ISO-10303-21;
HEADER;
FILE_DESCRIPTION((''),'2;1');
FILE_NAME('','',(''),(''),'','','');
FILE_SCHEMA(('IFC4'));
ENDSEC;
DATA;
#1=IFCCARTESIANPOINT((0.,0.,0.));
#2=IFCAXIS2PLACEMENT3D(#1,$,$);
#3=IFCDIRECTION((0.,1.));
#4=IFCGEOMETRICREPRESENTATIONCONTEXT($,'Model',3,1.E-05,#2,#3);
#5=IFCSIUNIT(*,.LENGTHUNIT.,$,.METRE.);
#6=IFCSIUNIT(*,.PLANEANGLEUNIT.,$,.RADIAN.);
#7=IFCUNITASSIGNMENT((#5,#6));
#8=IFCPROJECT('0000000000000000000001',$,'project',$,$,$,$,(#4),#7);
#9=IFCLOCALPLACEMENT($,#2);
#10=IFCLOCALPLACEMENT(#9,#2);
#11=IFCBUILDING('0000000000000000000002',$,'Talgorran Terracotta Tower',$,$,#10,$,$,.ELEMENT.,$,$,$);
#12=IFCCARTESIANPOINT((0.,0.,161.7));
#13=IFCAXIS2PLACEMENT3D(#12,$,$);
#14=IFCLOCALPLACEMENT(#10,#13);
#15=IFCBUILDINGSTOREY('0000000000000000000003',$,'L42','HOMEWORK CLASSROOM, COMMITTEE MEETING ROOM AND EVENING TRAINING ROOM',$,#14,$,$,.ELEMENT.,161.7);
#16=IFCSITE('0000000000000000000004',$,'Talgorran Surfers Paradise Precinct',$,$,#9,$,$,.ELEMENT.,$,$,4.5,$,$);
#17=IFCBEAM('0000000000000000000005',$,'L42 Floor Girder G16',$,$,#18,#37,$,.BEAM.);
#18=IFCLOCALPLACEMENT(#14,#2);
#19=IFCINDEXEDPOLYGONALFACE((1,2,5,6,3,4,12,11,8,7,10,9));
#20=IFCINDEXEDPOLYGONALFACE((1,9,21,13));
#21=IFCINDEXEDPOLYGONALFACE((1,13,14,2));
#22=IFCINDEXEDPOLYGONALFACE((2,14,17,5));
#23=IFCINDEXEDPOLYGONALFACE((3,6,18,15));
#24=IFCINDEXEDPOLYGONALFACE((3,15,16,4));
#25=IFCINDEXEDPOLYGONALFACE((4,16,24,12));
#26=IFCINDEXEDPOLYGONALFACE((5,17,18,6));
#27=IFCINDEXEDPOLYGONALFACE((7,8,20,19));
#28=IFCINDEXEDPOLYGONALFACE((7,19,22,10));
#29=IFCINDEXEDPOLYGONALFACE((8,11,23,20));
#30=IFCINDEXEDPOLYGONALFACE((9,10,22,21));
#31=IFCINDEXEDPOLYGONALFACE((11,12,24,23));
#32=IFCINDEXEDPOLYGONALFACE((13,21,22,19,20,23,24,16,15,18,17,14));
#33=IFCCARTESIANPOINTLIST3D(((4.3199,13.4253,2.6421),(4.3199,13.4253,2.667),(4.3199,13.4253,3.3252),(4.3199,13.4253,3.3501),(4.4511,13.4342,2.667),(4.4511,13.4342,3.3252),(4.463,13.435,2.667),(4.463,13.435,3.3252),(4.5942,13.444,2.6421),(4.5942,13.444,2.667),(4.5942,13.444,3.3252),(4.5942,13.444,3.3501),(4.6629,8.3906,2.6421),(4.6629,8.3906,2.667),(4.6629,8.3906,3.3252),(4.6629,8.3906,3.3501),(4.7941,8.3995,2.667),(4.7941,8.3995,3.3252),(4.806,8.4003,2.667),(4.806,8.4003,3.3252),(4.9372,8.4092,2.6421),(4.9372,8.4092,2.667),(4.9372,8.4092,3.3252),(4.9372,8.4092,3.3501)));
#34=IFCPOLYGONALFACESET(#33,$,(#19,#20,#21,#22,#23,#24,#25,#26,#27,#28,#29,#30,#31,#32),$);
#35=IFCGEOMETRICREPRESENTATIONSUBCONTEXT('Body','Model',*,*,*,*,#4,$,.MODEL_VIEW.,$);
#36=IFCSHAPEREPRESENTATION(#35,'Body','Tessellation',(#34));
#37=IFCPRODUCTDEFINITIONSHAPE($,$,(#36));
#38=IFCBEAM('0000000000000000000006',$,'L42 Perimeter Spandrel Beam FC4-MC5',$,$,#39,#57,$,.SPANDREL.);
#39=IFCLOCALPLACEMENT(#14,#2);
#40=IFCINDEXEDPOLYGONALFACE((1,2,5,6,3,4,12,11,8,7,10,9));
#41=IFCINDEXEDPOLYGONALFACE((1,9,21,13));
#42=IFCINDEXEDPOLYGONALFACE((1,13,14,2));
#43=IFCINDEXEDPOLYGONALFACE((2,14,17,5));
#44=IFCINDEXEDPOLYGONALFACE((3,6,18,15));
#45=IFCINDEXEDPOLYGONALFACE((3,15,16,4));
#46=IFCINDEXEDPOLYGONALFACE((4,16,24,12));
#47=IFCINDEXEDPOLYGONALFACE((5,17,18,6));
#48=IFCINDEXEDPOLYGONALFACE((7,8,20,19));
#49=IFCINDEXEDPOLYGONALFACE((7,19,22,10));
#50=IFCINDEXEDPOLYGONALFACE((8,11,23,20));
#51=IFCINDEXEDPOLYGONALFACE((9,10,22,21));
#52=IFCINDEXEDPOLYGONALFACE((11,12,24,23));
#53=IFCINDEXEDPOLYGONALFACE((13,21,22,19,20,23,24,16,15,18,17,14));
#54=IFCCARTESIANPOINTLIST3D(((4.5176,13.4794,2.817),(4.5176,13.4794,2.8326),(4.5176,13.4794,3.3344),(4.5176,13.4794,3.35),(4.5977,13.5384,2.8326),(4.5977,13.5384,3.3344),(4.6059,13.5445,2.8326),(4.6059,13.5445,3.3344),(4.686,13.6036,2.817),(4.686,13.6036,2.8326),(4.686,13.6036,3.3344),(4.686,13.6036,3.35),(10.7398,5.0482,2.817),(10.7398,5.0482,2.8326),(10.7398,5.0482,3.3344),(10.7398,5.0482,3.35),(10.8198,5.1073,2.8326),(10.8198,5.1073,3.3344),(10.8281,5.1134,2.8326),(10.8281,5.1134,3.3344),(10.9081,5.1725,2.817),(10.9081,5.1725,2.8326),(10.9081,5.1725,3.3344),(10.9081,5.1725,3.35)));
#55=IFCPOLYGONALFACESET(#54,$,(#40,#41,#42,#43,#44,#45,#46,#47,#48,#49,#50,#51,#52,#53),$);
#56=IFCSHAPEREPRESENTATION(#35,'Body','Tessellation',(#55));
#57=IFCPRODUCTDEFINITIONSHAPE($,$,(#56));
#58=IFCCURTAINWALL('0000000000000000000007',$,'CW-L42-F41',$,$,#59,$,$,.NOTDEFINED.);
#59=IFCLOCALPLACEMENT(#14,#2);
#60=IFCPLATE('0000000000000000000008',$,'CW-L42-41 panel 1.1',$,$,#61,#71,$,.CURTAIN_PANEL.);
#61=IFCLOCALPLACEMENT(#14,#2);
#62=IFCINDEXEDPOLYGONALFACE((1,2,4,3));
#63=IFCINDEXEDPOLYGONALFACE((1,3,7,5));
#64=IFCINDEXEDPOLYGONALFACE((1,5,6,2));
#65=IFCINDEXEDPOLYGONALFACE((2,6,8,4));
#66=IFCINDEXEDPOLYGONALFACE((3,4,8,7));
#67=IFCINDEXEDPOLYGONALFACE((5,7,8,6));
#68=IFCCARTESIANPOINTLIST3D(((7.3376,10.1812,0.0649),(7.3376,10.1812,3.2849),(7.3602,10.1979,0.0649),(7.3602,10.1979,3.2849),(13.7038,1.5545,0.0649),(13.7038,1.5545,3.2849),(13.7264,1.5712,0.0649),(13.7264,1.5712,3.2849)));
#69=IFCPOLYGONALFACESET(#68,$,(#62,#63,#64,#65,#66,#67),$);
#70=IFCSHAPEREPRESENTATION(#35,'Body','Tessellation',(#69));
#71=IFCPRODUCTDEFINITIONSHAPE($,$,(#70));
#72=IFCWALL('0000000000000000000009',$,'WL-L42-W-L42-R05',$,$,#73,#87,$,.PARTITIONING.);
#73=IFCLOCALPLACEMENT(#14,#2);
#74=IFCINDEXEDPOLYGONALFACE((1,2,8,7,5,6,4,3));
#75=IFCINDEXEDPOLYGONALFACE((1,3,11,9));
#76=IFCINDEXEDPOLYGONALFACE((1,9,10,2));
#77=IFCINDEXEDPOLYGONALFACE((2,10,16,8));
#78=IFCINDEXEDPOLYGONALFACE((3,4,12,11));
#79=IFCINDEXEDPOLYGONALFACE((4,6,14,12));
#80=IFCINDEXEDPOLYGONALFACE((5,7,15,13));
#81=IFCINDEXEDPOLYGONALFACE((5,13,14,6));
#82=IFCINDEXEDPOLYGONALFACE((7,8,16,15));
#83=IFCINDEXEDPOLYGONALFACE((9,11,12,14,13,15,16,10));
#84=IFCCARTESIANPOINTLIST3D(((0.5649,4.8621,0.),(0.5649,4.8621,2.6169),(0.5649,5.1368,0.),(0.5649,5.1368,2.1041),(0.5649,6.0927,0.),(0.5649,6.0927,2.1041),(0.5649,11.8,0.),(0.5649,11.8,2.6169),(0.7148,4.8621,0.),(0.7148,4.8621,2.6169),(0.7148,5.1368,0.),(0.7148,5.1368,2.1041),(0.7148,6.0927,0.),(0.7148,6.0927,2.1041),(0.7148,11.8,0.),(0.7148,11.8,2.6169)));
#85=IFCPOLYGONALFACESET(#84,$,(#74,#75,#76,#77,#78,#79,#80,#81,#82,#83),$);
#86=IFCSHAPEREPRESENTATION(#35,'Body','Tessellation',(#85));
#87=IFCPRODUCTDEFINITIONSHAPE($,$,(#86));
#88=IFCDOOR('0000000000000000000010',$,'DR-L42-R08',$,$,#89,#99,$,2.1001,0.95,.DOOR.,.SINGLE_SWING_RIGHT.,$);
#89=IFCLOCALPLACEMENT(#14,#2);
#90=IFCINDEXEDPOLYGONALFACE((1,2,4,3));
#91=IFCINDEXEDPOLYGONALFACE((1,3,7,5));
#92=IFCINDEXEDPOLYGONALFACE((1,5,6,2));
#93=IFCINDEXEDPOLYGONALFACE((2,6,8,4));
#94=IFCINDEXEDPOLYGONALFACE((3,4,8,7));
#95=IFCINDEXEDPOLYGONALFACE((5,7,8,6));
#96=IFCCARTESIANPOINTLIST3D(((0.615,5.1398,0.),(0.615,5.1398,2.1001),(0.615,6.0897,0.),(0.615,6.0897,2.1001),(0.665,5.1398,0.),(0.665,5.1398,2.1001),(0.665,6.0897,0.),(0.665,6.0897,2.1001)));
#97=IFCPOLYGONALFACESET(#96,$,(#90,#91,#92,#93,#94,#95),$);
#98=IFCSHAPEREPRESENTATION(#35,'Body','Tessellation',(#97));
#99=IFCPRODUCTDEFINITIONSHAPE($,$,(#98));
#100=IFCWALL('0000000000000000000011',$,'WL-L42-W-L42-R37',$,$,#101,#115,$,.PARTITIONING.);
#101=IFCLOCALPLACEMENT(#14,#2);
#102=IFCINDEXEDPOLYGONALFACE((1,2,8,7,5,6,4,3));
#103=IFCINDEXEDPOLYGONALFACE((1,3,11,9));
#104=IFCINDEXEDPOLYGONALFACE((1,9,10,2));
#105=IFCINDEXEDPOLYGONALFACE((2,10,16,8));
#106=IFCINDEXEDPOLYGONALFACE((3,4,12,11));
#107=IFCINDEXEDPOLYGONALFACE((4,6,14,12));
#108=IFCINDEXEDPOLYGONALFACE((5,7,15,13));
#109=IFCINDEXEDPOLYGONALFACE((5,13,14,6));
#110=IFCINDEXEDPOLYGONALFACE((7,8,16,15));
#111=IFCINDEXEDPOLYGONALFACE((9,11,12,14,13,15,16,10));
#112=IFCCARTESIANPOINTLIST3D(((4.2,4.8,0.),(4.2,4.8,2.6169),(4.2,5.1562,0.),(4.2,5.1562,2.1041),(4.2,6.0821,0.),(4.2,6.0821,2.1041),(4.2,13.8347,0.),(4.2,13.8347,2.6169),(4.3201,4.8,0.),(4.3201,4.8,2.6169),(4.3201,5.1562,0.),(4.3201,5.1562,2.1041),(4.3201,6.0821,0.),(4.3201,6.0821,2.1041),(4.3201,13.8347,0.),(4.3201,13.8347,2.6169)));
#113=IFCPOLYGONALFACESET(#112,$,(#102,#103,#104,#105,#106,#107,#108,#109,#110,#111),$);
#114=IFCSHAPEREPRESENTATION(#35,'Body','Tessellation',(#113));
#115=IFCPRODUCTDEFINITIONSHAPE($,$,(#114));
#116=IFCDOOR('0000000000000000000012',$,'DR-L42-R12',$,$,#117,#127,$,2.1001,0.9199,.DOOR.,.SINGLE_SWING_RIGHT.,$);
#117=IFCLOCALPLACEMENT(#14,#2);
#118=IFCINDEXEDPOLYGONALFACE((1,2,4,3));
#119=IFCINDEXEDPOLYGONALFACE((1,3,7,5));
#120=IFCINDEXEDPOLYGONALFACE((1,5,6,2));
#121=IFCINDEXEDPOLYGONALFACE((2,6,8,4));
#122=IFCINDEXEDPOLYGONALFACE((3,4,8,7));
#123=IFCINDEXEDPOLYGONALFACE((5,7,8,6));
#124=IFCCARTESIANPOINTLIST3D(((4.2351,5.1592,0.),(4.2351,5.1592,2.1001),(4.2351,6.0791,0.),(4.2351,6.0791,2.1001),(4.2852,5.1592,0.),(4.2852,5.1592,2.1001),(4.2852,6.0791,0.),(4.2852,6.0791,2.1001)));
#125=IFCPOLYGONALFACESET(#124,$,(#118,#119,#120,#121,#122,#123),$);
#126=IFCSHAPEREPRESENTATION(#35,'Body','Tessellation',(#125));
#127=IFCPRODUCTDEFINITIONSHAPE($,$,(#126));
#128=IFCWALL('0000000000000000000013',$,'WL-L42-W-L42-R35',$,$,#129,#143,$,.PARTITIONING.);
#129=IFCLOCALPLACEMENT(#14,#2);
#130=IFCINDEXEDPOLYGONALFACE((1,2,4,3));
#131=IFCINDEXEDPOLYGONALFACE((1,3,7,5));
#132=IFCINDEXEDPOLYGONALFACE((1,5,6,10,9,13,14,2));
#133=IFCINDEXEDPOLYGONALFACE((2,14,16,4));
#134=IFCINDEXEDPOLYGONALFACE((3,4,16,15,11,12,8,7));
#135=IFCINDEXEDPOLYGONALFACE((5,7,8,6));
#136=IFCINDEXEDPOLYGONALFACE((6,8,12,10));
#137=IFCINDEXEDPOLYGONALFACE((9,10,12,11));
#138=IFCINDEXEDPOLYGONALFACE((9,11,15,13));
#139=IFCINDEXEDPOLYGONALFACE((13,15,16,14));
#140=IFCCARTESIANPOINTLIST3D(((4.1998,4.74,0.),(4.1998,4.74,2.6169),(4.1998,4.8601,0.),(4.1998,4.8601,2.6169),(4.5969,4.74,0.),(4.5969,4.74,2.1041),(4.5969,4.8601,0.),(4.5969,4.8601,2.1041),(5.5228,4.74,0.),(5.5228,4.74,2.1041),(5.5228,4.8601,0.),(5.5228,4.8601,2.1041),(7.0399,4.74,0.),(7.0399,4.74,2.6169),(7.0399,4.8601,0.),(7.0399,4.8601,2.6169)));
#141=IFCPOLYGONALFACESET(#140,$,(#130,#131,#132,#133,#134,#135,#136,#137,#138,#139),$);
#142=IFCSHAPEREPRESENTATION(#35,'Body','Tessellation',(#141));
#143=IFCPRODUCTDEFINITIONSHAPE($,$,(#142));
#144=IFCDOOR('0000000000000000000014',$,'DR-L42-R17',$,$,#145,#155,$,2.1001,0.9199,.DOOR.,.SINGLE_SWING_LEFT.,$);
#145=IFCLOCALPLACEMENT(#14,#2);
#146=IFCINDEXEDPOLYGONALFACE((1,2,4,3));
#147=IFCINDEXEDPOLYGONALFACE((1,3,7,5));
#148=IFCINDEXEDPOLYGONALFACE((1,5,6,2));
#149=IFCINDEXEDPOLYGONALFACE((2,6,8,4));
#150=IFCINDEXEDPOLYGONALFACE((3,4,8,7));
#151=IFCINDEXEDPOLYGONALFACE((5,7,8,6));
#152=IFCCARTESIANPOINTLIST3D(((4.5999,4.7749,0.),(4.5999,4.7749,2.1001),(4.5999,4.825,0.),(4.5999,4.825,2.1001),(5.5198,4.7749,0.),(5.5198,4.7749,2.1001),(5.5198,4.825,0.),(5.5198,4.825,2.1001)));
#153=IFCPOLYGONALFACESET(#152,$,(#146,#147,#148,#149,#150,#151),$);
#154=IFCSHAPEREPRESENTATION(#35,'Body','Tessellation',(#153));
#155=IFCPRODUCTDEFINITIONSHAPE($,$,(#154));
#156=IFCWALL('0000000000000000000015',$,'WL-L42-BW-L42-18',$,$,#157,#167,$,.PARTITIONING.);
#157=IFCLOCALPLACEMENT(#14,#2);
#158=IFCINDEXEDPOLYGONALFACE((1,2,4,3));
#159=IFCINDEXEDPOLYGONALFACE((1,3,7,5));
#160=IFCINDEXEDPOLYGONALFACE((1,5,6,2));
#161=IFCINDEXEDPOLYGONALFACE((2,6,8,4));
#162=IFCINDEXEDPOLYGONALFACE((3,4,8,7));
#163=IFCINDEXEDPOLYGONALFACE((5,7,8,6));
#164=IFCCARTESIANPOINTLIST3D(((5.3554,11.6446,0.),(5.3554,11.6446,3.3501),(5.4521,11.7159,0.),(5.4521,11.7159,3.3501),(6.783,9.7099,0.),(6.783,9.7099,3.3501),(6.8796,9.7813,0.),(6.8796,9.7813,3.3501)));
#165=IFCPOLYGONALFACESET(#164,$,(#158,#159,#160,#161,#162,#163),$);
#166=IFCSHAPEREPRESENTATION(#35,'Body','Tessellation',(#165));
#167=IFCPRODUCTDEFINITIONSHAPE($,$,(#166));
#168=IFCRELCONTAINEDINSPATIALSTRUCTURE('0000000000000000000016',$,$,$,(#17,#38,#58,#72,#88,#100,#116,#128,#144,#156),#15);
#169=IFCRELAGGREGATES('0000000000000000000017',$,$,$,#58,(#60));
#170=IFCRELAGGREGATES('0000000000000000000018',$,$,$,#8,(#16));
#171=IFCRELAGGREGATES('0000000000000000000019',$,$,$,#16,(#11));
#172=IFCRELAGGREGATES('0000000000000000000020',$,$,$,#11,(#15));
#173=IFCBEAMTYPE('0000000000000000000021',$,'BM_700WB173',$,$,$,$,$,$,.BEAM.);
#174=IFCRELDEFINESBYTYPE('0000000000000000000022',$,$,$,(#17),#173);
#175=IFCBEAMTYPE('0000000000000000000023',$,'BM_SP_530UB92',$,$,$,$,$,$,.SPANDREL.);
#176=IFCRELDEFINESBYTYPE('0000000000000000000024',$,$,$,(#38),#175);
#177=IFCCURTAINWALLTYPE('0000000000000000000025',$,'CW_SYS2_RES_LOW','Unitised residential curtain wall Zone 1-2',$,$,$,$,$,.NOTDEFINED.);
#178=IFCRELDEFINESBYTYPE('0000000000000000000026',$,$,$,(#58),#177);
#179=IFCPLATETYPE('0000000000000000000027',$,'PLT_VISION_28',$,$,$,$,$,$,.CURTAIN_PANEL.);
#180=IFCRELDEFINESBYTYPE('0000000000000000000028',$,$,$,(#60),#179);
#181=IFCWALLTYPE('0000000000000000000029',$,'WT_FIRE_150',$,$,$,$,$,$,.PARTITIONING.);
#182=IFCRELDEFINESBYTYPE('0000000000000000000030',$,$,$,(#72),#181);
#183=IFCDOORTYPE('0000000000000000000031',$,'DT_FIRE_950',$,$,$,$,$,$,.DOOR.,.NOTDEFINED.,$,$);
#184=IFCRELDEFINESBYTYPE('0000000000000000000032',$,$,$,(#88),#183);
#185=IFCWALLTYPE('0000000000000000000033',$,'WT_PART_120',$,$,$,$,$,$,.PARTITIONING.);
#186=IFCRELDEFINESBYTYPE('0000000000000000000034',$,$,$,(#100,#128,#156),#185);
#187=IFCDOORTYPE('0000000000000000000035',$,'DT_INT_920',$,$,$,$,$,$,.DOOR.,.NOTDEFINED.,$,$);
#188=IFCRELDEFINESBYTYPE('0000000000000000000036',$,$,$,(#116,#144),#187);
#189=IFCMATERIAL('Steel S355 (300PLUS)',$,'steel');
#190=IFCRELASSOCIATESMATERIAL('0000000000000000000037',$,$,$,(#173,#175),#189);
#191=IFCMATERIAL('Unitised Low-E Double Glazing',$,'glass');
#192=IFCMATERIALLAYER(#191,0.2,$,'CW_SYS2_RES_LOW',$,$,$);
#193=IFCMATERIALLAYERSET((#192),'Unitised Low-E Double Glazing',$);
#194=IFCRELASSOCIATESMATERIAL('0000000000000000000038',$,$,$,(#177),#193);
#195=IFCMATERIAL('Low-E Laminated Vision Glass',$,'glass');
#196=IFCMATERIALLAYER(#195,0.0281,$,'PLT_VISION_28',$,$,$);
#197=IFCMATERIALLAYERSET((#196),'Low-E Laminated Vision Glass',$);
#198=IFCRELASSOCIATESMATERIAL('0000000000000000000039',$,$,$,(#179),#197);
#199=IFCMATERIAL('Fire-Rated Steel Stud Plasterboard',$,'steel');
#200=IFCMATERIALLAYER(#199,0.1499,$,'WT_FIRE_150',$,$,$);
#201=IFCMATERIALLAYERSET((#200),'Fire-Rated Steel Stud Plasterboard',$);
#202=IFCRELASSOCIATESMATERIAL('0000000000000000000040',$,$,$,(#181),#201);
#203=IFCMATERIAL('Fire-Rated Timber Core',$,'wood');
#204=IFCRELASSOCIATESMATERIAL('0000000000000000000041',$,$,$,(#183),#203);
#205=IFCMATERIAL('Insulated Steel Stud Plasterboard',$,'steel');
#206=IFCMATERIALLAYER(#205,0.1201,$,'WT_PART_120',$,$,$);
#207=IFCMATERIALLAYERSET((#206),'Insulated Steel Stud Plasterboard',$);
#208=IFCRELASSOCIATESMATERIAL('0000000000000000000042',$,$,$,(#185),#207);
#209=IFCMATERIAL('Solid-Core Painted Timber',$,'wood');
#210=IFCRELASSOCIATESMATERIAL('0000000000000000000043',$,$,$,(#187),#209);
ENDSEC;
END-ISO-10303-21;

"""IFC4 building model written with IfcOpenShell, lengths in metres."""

from ifc_helpers import new_model, si_unit, direction, frame, frame_2d, origin, origin_2d, place, context, subcontext, project, spatial, rectangle, i_section, extrude, source, transform, mapped, material, layer, layer_set, material_profile, profile_set, type_object, type_shapes, element, fill, aggregate, save


model = new_model("IFC4")

# Units and contexts
model_context = context("Model", 3, precision=1e-05, world=origin(), true_north=direction((0.0, 1.0)))
body_context = subcontext(model_context, "Body", "Model", "MODEL_VIEW")
ifc_project = project(units=[si_unit("LENGTHUNIT", "METRE"), si_unit("PLANEANGLEUNIT", "RADIAN")], contexts=[model_context])

# Site, building, storey
site_placement = place(None, origin())
site = spatial("IfcSite", under=ifc_project, at=site_placement, Name="Talgorran Surfers Paradise Precinct", CompositionType="ELEMENT", RefElevation=4.5)
building_placement = place(site_placement, origin())
building = spatial("IfcBuilding", under=site, at=building_placement, Name="Talgorran Terracotta Tower", CompositionType="ELEMENT")
storey_placement = place(building_placement, frame((0.0, 0.0, 161.7)))
storey = spatial("IfcBuildingStorey", under=building, at=storey_placement, Name="L42", Description="HOMEWORK CLASSROOM, COMMITTEE MEETING ROOM AND EVENING TRAINING ROOM", CompositionType="ELEMENT", Elevation=161.7)

# Shared definitions
ifc_material_1 = material(Name="Steel S355 (300PLUS)", Category="steel")

# Beams
ifc_material_profile_1 = material_profile(ifc_material_1, i_section(OverallWidth=0.2749, OverallDepth=0.708, WebThickness=0.012, FlangeThickness=0.0249, at=origin_2d()), Name="700WB173")
ifc_profile_set_1 = profile_set([ifc_material_profile_1], Name="Steel S355 (300PLUS)")
beam_type_1 = type_object("IfcBeamType", Name="BM_700WB173", PredefinedType="BEAM", material=ifc_profile_set_1)
beam_1_placement = place(storey_placement, frame((4.8, 8.3999, 2.9961), z_axis=(-0.067974, 0.997687, 0.0), x_axis=(-0.997687, -0.067974, 0.0)))
element("IfcBeam", 1, at=beam_1_placement, inside=storey, type_object=beam_type_1, Name="L42 Floor Girder G16", PredefinedType="BEAM", context=body_context, shape_type="SweptSolid", body=[
    extrude(i_section(OverallWidth=0.2749, OverallDepth=0.708, WebThickness=0.012, FlangeThickness=0.0249, at=origin_2d()), origin(), (0.0, 0.0, 1.0), 5.0464),
])
ifc_material_profile_2 = material_profile(ifc_material_1, i_section(OverallWidth=0.2092, OverallDepth=0.533, WebThickness=0.0103, FlangeThickness=0.0156, at=origin_2d()), Name="530UB92.4")
ifc_profile_set_2 = profile_set([ifc_material_profile_2], Name="Steel S355 (300PLUS)")
beam_type_2 = type_object("IfcBeamType", Name="BM_SP_530UB92", PredefinedType="SPANDREL", material=ifc_profile_set_2)
beam_2_placement = place(storey_placement, frame((10.824, 5.1104, 3.0835), z_axis=(-0.593801, 0.804612, 0.0), x_axis=(-0.804612, -0.593801, 0.0)))
element("IfcBeam", 2, at=beam_2_placement, inside=storey, type_object=beam_type_2, Name="L42 Perimeter Spandrel Beam FC4-MC5", PredefinedType="SPANDREL", context=body_context, shape_type="SweptSolid", body=[
    extrude(i_section(OverallWidth=0.2092, OverallDepth=0.533, WebThickness=0.0103, FlangeThickness=0.0156, at=origin_2d()), origin(), (0.0, 0.0, 1.0), 10.4785),
])

# Curtain wall, plate
ifc_material_2 = material(Name="Unitised Low-E Double Glazing", Category="glass")
ifc_layer_1 = layer(ifc_material_2, 0.2, Name="CW_SYS2_RES_LOW")
ifc_layer_set_1 = layer_set([ifc_layer_1], Name="Unitised Low-E Double Glazing")
curtain_wall_type = type_object("IfcCurtainWallType", Name="CW_SYS2_RES_LOW", Description="Unitised residential curtain wall Zone 1-2", PredefinedType="NOTDEFINED", material=ifc_layer_set_1)
curtain_wall_placement = place(storey_placement, origin())
curtain_wall = element("IfcCurtainWall", 3, at=curtain_wall_placement, inside=storey, type_object=curtain_wall_type, Name="CW-L42-F41", PredefinedType="NOTDEFINED")
ifc_material_3 = material(Name="Low-E Laminated Vision Glass", Category="glass")
ifc_layer_2 = layer(ifc_material_3, 0.0281, Name="PLT_VISION_28")
ifc_layer_set_2 = layer_set([ifc_layer_2], Name="Low-E Laminated Vision Glass")
plate_type = type_object("IfcPlateType", Name="PLT_VISION_28", PredefinedType="CURTAIN_PANEL", material=ifc_layer_set_2)
shared_shape = source(origin(), body_context, "Body", "SweptSolid", [
    extrude(rectangle(XDim=10.7214, YDim=0.0281, at=origin_2d()), origin(), (0.0, 0.0, 1.0), 3.22),
])
type_shapes(plate_type, [shared_shape])
plate_placement = place(storey_placement, frame((10.532, 5.8762, 0.0649), z_axis=(0.0, 0.0, 1.0), x_axis=(-0.593785, 0.804624, 0.0)))
plate = element("IfcPlate", 4, at=plate_placement, type_object=plate_type, Name="CW-L42-41 panel 1.1", PredefinedType="CURTAIN_PANEL", context=body_context, shape_type="MappedRepresentation", body=[
    mapped(shared_shape, transform((0.0, 0.0, 0.0), scale=1.0)),
])
aggregate(curtain_wall, [plate])

# Walls, openings, doors
ifc_material_4 = material(Name="Fire-Rated Steel Stud Plasterboard", Category="steel")
ifc_layer_3 = layer(ifc_material_4, 0.1499, Name="WT_FIRE_150")
ifc_layer_set_3 = layer_set([ifc_layer_3], Name="Fire-Rated Steel Stud Plasterboard")
wall_type_1 = type_object("IfcWallType", Name="WT_FIRE_150", PredefinedType="PARTITIONING", material=ifc_layer_set_3)
wall_1_placement = place(storey_placement, frame((0.6399, 4.8621, 0.0), z_axis=(0.0, 0.0, 1.0), x_axis=(0.0, 1.0, 0.0)))
wall_1 = element("IfcWall", 5, at=wall_1_placement, inside=storey, type_object=wall_type_1, Name="WL-L42-W-L42-R05", PredefinedType="PARTITIONING", context=body_context, shape_type="SweptSolid", body=[
    extrude(rectangle(XDim=6.938, YDim=0.1499, at=frame_2d((3.469, 0.0))), origin(), (0.0, 0.0, 1.0), 2.6169),
])
opening_1_placement = place(wall_1_placement, frame((0.2776, 0.0, 0.0)))
opening_1 = element("IfcOpeningElement", 6, at=opening_1_placement, cuts=wall_1, PredefinedType="OPENING", context=body_context, shape_type="SweptSolid", body=[
    extrude(rectangle(XDim=0.956, YDim=2.1041, at=frame_2d((0.4751, 1.052))), frame((0.0, 0.085, 0.0), z_axis=(0.0, -1.0, 0.0), x_axis=(1.0, 0.0, 0.0)), (0.0, 0.0, 1.0), 0.1699),
])
ifc_material_5 = material(Name="Fire-Rated Timber Core", Category="wood")
door_type_1 = type_object("IfcDoorType", Name="DT_FIRE_950", OperationType="NOTDEFINED", PredefinedType="DOOR", material=ifc_material_5)
door_1_placement = place(opening_1_placement, origin())
door_1 = element("IfcDoor", 7, at=door_1_placement, inside=storey, type_object=door_type_1, Name="DR-L42-R08", OperationType="SINGLE_SWING_RIGHT", OverallHeight=2.1001, OverallWidth=0.95, PredefinedType="DOOR", context=body_context, shape_type="SweptSolid", body=[
    extrude(rectangle(XDim=0.95, YDim=2.1001, at=frame_2d((0.4751, 1.05))), frame((0.0, 0.0249, 0.0), z_axis=(0.0, -1.0, 0.0), x_axis=(1.0, 0.0, 0.0)), (0.0, 0.0, 1.0), 0.05),
])
fill(opening_1, door_1)
ifc_material_6 = material(Name="Insulated Steel Stud Plasterboard", Category="steel")
ifc_layer_4 = layer(ifc_material_6, 0.1201, Name="WT_PART_120")
ifc_layer_set_4 = layer_set([ifc_layer_4], Name="Insulated Steel Stud Plasterboard")
wall_type_2 = type_object("IfcWallType", Name="WT_PART_120", PredefinedType="PARTITIONING", material=ifc_layer_set_4)
wall_2_placement = place(storey_placement, frame((4.26, 4.8, 0.0), z_axis=(0.0, 0.0, 1.0), x_axis=(0.0, 1.0, 0.0)))
wall_2 = element("IfcWall", 8, at=wall_2_placement, inside=storey, type_object=wall_type_2, Name="WL-L42-W-L42-R37", PredefinedType="PARTITIONING", context=body_context, shape_type="SweptSolid", body=[
    extrude(rectangle(XDim=9.0347, YDim=0.1201, at=frame_2d((4.5173, 0.0))), origin(), (0.0, 0.0, 1.0), 2.6169),
])
opening_2_placement = place(wall_2_placement, frame((0.3591, 0.0, 0.0)))
opening_2 = element("IfcOpeningElement", 9, at=opening_2_placement, cuts=wall_2, PredefinedType="OPENING", context=body_context, shape_type="SweptSolid", body=[
    extrude(rectangle(XDim=0.9259, YDim=2.1041, at=frame_2d((0.46, 1.052))), frame((0.0, 0.0701, 0.0), z_axis=(0.0, -1.0, 0.0), x_axis=(1.0, 0.0, 0.0)), (0.0, 0.0, 1.0), 0.1401),
])
ifc_material_7 = material(Name="Solid-Core Painted Timber", Category="wood")
door_type_2 = type_object("IfcDoorType", Name="DT_INT_920", OperationType="NOTDEFINED", PredefinedType="DOOR", material=ifc_material_7)
door_2_placement = place(opening_2_placement, origin())
door_2 = element("IfcDoor", 10, at=door_2_placement, inside=storey, type_object=door_type_2, Name="DR-L42-R12", OperationType="SINGLE_SWING_RIGHT", OverallHeight=2.1001, OverallWidth=0.9199, PredefinedType="DOOR", context=body_context, shape_type="SweptSolid", body=[
    extrude(rectangle(XDim=0.9199, YDim=2.1001, at=frame_2d((0.46, 1.05))), frame((0.0, 0.0249, 0.0), z_axis=(0.0, -1.0, 0.0), x_axis=(1.0, 0.0, 0.0)), (0.0, 0.0, 1.0), 0.05),
])
fill(opening_2, door_2)
wall_3_placement = place(storey_placement, frame((4.2, 4.8, 0.0), z_axis=(0.0, 0.0, 1.0), x_axis=(1.0, 0.0, 0.0)))
wall_3 = element("IfcWall", 11, at=wall_3_placement, inside=storey, type_object=wall_type_2, Name="WL-L42-W-L42-R35", PredefinedType="PARTITIONING", context=body_context, shape_type="SweptSolid", body=[
    extrude(rectangle(XDim=2.8401, YDim=0.1201, at=frame_2d((1.4199, 0.0))), origin(), (0.0, 0.0, 1.0), 2.6169),
])
opening_3_placement = place(wall_3_placement, frame((0.3999, 0.0, 0.0)))
opening_3 = element("IfcOpeningElement", 12, at=opening_3_placement, cuts=wall_3, PredefinedType="OPENING", context=body_context, shape_type="SweptSolid", body=[
    extrude(rectangle(XDim=0.9259, YDim=2.1041, at=frame_2d((0.46, 1.052))), frame((0.0, 0.0701, 0.0), z_axis=(0.0, -1.0, 0.0), x_axis=(1.0, 0.0, 0.0)), (0.0, 0.0, 1.0), 0.1401),
])
door_3_placement = place(opening_3_placement, origin())
door_3 = element("IfcDoor", 13, at=door_3_placement, inside=storey, type_object=door_type_2, Name="DR-L42-R17", OperationType="SINGLE_SWING_LEFT", OverallHeight=2.1001, OverallWidth=0.9199, PredefinedType="DOOR", context=body_context, shape_type="SweptSolid", body=[
    extrude(rectangle(XDim=0.9199, YDim=2.1001, at=frame_2d((0.46, 1.05))), frame((0.0, 0.0249, 0.0), z_axis=(0.0, -1.0, 0.0), x_axis=(1.0, 0.0, 0.0)), (0.0, 0.0, 1.0), 0.05),
])
fill(opening_3, door_3)

# Wall
wall_4_placement = place(storey_placement, frame((6.8313, 9.7456, 0.0), z_axis=(0.0, 0.0, 1.0), x_axis=(-0.593743, 0.804655, 0.0)))
element("IfcWall", 14, at=wall_4_placement, inside=storey, type_object=wall_type_2, Name="WL-L42-BW-L42-18", PredefinedType="PARTITIONING", context=body_context, shape_type="SweptSolid", body=[
    extrude(rectangle(XDim=2.4043, YDim=0.1201, at=frame_2d((1.2021, 0.0))), origin(), (0.0, 0.0, 1.0), 3.3501),
])

save(model, "model.ifc")
